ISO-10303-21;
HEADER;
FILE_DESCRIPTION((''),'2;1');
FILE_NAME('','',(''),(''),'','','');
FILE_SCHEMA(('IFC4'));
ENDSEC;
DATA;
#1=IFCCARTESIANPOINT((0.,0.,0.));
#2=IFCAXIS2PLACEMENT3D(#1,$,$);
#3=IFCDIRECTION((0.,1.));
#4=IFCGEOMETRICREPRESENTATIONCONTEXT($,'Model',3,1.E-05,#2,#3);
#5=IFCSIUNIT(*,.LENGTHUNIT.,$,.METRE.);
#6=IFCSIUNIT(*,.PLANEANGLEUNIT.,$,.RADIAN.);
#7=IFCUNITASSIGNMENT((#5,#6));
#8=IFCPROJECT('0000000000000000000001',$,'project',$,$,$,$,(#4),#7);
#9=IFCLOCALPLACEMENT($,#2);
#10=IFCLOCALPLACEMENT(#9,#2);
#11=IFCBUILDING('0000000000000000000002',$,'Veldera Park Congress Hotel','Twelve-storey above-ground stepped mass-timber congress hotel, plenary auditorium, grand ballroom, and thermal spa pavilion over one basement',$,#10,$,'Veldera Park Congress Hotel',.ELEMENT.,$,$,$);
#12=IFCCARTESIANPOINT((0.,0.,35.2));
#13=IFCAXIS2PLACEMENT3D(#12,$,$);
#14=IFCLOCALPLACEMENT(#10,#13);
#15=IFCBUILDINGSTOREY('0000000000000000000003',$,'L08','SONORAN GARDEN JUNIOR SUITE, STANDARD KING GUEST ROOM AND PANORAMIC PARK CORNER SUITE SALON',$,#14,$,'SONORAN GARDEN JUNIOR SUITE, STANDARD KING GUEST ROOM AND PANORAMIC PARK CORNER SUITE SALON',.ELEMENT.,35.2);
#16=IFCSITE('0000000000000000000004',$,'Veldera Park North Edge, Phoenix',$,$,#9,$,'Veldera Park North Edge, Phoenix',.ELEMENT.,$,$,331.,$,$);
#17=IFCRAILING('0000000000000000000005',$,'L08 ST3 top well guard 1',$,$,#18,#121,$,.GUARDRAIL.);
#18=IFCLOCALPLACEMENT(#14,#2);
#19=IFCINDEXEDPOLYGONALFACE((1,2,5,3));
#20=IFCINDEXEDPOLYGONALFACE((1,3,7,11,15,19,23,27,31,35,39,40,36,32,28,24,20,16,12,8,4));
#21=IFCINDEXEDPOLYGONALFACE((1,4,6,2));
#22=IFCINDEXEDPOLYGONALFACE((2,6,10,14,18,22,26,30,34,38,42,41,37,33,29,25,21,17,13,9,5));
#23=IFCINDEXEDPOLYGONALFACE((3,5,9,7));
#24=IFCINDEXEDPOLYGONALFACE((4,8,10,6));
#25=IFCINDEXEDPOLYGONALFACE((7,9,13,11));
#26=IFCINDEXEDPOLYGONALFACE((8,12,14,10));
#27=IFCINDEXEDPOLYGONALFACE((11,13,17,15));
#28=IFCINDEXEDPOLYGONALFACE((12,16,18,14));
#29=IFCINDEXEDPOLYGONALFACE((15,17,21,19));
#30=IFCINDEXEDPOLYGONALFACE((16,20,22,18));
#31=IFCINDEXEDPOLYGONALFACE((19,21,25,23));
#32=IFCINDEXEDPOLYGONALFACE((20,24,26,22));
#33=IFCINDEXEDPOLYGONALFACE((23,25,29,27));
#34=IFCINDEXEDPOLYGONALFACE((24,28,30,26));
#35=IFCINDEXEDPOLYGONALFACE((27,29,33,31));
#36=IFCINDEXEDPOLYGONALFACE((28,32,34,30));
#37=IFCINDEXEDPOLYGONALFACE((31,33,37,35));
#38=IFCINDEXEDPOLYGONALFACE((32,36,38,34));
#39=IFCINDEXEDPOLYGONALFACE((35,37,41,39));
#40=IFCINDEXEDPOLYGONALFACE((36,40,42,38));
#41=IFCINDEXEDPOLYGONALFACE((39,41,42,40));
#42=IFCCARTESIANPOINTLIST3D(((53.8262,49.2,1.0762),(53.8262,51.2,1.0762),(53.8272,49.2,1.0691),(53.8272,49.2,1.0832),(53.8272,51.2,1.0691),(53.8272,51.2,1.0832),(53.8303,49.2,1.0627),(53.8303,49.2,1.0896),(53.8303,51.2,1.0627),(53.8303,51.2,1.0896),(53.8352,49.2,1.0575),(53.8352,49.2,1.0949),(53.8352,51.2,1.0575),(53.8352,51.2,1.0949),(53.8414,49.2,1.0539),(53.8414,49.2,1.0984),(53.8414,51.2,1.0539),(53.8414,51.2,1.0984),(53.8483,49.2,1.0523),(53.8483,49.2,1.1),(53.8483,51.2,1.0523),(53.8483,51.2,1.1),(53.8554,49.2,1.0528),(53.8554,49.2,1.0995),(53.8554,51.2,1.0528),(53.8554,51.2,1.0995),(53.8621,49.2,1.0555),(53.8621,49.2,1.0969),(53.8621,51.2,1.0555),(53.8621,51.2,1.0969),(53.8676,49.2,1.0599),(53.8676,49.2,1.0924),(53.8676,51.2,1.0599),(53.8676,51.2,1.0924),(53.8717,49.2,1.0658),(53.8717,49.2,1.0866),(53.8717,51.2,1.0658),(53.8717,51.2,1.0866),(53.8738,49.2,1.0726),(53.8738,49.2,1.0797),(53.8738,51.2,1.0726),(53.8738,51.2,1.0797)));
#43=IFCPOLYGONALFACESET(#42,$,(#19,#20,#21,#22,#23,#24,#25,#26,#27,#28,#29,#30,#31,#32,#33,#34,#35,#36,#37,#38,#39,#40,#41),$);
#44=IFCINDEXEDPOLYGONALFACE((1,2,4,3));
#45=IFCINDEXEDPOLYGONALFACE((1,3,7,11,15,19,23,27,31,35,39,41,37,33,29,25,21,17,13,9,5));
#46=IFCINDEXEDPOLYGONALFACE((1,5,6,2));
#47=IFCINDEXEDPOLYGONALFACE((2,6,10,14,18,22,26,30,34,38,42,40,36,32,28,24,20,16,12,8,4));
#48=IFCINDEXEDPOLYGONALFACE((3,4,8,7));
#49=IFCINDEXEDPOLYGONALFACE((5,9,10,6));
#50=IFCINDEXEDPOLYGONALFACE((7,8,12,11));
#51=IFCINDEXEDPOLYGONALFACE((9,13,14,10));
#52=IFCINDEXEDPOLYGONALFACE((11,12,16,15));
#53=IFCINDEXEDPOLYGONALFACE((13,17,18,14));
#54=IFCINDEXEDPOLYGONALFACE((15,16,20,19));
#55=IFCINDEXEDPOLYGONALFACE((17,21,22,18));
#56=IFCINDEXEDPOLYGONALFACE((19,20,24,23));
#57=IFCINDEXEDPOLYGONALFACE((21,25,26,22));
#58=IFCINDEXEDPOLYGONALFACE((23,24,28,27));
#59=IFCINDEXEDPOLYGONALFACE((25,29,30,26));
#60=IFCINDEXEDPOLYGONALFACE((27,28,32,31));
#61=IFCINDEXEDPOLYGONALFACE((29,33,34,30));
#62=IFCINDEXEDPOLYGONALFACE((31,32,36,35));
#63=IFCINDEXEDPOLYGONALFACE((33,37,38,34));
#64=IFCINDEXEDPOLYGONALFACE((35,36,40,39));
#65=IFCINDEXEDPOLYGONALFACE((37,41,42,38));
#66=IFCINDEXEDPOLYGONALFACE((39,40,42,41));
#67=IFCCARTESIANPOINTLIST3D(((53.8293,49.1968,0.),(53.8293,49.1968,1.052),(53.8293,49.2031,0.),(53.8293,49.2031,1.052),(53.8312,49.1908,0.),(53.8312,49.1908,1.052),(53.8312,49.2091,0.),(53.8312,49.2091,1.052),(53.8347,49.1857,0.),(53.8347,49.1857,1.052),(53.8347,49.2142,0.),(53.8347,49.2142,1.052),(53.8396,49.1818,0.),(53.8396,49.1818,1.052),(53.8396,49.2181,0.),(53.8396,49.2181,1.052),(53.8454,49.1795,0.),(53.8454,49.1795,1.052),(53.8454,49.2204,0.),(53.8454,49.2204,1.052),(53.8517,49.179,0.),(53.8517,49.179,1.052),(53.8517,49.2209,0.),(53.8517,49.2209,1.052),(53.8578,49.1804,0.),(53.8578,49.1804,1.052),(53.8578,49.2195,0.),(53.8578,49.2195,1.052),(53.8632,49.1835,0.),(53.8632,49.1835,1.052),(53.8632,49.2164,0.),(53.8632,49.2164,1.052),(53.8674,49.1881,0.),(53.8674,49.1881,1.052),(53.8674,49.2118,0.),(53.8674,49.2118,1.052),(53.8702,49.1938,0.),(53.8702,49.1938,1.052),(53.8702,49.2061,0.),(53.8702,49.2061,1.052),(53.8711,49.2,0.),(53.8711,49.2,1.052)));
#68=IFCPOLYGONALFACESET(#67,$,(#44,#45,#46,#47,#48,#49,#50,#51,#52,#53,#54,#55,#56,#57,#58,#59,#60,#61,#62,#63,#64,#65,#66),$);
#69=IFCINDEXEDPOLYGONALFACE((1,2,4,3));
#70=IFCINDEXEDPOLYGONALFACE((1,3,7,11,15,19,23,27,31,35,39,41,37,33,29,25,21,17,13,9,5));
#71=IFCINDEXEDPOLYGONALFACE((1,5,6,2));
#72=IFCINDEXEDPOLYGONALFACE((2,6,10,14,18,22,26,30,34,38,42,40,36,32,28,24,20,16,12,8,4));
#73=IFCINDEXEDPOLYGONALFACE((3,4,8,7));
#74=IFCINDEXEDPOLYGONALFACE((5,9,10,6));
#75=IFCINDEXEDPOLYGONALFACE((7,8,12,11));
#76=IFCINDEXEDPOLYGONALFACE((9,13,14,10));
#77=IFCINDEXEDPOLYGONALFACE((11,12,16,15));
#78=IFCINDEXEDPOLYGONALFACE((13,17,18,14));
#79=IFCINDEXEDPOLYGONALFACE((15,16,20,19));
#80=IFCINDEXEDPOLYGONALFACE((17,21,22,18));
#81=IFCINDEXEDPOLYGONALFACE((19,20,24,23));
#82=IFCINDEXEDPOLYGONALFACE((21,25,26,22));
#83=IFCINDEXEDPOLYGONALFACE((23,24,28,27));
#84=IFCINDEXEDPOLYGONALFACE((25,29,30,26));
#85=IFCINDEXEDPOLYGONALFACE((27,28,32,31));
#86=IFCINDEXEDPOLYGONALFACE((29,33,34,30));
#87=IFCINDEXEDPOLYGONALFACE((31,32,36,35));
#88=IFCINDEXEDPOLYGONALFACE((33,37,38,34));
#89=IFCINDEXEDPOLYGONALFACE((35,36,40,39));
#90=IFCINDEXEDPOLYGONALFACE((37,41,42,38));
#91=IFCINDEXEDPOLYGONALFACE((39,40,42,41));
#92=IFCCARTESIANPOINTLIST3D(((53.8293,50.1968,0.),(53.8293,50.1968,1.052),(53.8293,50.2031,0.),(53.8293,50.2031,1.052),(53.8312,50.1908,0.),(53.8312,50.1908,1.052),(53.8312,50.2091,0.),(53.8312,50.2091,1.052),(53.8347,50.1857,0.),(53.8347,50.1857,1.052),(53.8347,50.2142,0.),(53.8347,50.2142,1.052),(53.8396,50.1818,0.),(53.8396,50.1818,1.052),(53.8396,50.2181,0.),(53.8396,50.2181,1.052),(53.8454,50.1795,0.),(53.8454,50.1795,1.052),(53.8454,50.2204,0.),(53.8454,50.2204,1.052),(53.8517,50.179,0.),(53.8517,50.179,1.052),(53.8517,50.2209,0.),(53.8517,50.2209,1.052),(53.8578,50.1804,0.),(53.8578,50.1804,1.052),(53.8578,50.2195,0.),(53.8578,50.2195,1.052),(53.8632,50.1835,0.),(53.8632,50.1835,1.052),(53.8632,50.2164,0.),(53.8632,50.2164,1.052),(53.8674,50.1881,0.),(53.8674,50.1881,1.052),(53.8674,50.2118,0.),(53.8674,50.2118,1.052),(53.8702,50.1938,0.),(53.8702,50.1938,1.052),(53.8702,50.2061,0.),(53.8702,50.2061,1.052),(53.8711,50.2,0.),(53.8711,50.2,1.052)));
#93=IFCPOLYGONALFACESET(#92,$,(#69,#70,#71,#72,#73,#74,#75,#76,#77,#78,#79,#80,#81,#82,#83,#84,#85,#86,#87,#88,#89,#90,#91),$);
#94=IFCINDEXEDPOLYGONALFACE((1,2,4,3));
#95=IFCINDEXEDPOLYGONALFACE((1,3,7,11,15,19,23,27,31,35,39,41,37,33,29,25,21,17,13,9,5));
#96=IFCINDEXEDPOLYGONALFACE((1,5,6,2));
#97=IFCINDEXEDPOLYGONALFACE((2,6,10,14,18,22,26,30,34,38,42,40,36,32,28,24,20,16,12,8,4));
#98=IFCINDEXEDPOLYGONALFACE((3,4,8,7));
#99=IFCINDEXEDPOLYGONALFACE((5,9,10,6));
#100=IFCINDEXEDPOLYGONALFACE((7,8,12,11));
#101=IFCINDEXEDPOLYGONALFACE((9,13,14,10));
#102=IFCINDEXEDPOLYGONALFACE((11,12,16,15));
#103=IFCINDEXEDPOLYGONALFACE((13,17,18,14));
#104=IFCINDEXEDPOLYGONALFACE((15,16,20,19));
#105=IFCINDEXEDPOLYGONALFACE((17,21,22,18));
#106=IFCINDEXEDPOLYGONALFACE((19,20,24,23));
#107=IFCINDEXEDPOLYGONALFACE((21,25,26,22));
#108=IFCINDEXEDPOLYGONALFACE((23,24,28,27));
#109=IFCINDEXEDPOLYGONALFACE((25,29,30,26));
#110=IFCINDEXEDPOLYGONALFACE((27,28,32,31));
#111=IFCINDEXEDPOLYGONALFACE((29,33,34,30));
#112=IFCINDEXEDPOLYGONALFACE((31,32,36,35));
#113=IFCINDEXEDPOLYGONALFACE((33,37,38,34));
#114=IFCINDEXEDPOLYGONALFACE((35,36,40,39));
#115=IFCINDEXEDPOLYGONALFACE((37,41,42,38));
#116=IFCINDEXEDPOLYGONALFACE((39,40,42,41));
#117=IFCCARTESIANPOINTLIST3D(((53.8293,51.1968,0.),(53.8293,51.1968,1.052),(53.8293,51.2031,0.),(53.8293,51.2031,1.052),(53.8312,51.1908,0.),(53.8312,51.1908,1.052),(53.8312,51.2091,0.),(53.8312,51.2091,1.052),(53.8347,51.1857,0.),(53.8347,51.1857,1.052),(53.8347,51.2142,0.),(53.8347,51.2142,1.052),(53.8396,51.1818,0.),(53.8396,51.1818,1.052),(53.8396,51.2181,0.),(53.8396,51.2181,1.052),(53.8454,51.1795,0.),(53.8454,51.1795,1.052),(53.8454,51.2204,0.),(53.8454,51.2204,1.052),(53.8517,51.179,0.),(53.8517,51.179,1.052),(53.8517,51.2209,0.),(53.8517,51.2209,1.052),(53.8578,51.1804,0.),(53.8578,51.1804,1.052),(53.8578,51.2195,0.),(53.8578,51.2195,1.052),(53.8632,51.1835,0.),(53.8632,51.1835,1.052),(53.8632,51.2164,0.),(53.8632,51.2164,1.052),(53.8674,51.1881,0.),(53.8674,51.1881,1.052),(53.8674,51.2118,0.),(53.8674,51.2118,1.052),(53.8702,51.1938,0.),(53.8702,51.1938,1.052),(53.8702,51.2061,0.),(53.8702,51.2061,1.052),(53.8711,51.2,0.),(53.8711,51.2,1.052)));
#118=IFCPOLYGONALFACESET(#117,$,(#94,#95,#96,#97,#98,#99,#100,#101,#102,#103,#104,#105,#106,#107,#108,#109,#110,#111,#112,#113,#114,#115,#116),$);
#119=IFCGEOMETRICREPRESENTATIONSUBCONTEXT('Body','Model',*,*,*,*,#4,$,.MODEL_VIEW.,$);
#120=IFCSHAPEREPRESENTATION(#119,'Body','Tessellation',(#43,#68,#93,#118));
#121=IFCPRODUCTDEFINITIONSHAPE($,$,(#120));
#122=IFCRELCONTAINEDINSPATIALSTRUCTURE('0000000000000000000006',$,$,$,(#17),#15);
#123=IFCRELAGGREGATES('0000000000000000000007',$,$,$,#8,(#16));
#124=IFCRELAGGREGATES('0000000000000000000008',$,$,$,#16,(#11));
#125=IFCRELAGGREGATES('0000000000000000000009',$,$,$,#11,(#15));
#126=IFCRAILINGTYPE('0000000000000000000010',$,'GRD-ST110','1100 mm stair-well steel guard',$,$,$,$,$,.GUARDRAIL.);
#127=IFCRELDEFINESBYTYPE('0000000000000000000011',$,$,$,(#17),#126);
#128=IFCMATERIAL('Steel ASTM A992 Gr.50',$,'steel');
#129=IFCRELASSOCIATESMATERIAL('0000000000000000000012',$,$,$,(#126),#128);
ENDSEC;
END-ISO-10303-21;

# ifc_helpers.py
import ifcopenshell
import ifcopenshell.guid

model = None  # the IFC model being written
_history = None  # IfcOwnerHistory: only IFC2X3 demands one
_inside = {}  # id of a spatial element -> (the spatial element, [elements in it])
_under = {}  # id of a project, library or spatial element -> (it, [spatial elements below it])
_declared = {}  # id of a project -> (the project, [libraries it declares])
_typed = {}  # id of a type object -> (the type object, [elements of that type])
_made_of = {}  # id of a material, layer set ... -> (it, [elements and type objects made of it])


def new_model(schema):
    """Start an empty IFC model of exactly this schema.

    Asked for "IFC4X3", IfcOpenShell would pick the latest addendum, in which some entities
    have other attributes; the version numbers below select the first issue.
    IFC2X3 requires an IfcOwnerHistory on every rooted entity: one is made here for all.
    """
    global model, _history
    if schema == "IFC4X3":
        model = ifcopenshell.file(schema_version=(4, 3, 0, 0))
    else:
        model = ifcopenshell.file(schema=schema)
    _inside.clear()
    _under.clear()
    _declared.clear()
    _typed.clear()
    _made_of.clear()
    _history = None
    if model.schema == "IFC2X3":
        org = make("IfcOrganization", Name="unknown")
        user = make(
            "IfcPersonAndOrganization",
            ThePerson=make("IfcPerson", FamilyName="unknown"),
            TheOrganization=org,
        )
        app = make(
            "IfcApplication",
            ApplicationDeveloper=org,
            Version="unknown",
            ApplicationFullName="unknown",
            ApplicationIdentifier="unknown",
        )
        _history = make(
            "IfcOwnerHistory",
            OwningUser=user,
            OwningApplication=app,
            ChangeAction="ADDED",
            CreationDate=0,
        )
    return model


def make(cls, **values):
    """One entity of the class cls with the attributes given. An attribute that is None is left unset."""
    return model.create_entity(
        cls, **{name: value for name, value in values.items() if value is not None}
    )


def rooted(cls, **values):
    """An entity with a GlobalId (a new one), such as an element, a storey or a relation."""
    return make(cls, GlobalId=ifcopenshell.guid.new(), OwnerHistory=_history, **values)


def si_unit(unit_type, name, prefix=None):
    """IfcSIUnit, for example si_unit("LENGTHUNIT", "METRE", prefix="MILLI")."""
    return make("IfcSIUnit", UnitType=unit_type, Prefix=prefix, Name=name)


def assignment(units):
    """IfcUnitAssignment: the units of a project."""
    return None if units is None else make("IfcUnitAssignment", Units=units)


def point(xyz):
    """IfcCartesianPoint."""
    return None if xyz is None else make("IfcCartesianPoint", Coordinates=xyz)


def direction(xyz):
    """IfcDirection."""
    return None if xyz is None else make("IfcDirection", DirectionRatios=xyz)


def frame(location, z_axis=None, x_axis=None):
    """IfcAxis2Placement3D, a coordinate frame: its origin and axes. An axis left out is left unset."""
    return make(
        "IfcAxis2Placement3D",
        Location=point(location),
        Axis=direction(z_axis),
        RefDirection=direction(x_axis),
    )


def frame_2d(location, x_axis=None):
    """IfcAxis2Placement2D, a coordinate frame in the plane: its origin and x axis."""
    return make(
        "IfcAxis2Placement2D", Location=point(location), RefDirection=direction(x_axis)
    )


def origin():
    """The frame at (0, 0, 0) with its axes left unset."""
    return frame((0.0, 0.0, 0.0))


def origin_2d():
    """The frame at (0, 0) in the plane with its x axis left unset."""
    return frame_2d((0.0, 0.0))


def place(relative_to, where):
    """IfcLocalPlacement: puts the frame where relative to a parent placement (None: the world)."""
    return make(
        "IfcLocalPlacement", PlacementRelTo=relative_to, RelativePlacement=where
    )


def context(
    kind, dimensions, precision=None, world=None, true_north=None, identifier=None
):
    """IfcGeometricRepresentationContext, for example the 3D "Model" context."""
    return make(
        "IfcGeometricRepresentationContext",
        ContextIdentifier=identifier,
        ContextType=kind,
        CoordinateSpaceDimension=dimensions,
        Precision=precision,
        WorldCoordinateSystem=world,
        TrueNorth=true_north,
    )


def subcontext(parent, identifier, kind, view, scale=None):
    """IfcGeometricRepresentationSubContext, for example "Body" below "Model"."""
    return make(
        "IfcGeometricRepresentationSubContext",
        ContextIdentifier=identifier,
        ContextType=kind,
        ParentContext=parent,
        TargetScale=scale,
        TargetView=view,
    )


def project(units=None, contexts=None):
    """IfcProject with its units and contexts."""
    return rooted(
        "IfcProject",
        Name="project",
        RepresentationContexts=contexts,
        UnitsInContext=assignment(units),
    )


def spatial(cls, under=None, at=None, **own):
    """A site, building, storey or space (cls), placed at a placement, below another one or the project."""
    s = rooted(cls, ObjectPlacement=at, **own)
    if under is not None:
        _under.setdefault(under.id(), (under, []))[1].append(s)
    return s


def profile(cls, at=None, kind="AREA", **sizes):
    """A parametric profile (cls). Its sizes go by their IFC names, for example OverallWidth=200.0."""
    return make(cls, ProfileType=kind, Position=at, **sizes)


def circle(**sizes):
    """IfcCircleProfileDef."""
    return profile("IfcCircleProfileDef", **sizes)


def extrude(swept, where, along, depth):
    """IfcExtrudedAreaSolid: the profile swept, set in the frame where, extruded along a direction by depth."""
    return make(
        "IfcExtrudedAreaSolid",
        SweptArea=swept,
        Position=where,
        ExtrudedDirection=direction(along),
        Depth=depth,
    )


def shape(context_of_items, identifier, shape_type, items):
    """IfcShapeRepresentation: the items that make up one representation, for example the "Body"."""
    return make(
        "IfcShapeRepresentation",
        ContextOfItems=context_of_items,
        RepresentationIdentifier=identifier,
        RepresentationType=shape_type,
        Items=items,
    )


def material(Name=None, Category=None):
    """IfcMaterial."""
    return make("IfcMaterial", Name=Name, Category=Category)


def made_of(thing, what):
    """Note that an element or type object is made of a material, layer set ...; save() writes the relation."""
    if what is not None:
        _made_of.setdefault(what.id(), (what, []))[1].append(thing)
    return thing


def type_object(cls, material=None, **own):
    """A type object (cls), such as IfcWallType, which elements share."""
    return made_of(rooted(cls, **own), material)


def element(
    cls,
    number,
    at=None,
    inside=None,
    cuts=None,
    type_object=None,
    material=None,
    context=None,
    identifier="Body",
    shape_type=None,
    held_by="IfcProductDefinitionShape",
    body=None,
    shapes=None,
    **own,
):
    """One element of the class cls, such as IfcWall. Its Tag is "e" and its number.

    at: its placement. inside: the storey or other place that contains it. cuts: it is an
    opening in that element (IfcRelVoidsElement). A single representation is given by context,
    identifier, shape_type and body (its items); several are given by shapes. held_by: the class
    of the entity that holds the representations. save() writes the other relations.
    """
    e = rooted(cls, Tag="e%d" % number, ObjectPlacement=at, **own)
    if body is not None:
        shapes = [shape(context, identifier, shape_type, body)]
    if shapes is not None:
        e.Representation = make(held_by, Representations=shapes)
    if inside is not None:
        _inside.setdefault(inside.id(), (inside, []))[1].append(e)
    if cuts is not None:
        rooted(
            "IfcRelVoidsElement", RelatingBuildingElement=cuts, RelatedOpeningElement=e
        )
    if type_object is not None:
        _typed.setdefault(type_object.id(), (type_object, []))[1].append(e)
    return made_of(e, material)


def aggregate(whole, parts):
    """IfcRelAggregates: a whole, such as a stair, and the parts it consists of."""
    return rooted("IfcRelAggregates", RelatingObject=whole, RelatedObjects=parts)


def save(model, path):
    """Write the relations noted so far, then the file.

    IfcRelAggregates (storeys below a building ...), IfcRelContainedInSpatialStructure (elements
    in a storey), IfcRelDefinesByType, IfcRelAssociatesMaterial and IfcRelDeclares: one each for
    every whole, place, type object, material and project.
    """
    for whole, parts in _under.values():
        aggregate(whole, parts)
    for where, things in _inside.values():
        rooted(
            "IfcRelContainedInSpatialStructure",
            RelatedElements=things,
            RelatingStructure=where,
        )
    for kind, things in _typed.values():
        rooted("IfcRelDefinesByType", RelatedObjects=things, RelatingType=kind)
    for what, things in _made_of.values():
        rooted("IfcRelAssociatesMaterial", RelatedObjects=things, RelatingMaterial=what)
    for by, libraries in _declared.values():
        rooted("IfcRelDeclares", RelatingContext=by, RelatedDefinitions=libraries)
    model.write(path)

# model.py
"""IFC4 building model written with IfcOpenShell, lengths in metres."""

from ifc_helpers import new_model, si_unit, direction, frame, origin, origin_2d, place, context, subcontext, project, spatial, circle, extrude, material, type_object, element, save


model = new_model("IFC4")

# Units and contexts
model_context = context("Model", 3, precision=1e-05, world=origin(), true_north=direction((0.0, 1.0)))
body_context = subcontext(model_context, "Body", "Model", "MODEL_VIEW")
ifc_project = project(units=[si_unit("LENGTHUNIT", "METRE"), si_unit("PLANEANGLEUNIT", "RADIAN")], contexts=[model_context])

# Site, building, storey
site_placement = place(None, origin())
site = spatial("IfcSite", under=ifc_project, at=site_placement, Name="Veldera Park North Edge, Phoenix", LongName="Veldera Park North Edge, Phoenix", CompositionType="ELEMENT", RefElevation=331.0)
building_placement = place(site_placement, origin())
building = spatial("IfcBuilding", under=site, at=building_placement, Name="Veldera Park Congress Hotel", Description="Twelve-storey above-ground stepped mass-timber congress hotel, plenary auditorium, grand ballroom, and thermal spa pavilion over one basement", LongName="Veldera Park Congress Hotel", CompositionType="ELEMENT")
storey_placement = place(building_placement, frame((0.0, 0.0, 35.2)))
storey = spatial("IfcBuildingStorey", under=building, at=storey_placement, Name="L08", Description="SONORAN GARDEN JUNIOR SUITE, STANDARD KING GUEST ROOM AND PANORAMIC PARK CORNER SUITE SALON", LongName="SONORAN GARDEN JUNIOR SUITE, STANDARD KING GUEST ROOM AND PANORAMIC PARK CORNER SUITE SALON", CompositionType="ELEMENT", Elevation=35.2)

# Railing
ifc_material_1 = material(Name="Steel ASTM A992 Gr.50", Category="steel")
railing_type = type_object("IfcRailingType", Name="GRD-ST110", Description="1100 mm stair-well steel guard", PredefinedType="GUARDRAIL", material=ifc_material_1)
railing_placement = place(storey_placement, frame((53.8501, 49.2, 0.0)))
element("IfcRailing", 1, at=railing_placement, inside=storey, type_object=railing_type, Name="L08 ST3 top well guard 1", PredefinedType="GUARDRAIL", context=body_context, shape_type="SweptSolid", body=[
    extrude(circle(Radius=0.0239, at=origin_2d()), frame((0.0, 0.0, 1.0762), z_axis=(0.0, 1.0, 0.0), x_axis=(-1.0, 0.0, 0.0)), (0.0, 0.0, 1.0), 2.0),
    extrude(circle(Radius=0.021, at=origin_2d()), origin(), (0.0, 0.0, 1.0), 1.052),
    extrude(circle(Radius=0.021, at=origin_2d()), frame((0.0, 1.0, 0.0)), (0.0, 0.0, 1.0), 1.052),
    extrude(circle(Radius=0.021, at=origin_2d()), frame((0.0, 2.0, 0.0)), (0.0, 0.0, 1.0), 1.052),
])

save(model, "model.ifc")
